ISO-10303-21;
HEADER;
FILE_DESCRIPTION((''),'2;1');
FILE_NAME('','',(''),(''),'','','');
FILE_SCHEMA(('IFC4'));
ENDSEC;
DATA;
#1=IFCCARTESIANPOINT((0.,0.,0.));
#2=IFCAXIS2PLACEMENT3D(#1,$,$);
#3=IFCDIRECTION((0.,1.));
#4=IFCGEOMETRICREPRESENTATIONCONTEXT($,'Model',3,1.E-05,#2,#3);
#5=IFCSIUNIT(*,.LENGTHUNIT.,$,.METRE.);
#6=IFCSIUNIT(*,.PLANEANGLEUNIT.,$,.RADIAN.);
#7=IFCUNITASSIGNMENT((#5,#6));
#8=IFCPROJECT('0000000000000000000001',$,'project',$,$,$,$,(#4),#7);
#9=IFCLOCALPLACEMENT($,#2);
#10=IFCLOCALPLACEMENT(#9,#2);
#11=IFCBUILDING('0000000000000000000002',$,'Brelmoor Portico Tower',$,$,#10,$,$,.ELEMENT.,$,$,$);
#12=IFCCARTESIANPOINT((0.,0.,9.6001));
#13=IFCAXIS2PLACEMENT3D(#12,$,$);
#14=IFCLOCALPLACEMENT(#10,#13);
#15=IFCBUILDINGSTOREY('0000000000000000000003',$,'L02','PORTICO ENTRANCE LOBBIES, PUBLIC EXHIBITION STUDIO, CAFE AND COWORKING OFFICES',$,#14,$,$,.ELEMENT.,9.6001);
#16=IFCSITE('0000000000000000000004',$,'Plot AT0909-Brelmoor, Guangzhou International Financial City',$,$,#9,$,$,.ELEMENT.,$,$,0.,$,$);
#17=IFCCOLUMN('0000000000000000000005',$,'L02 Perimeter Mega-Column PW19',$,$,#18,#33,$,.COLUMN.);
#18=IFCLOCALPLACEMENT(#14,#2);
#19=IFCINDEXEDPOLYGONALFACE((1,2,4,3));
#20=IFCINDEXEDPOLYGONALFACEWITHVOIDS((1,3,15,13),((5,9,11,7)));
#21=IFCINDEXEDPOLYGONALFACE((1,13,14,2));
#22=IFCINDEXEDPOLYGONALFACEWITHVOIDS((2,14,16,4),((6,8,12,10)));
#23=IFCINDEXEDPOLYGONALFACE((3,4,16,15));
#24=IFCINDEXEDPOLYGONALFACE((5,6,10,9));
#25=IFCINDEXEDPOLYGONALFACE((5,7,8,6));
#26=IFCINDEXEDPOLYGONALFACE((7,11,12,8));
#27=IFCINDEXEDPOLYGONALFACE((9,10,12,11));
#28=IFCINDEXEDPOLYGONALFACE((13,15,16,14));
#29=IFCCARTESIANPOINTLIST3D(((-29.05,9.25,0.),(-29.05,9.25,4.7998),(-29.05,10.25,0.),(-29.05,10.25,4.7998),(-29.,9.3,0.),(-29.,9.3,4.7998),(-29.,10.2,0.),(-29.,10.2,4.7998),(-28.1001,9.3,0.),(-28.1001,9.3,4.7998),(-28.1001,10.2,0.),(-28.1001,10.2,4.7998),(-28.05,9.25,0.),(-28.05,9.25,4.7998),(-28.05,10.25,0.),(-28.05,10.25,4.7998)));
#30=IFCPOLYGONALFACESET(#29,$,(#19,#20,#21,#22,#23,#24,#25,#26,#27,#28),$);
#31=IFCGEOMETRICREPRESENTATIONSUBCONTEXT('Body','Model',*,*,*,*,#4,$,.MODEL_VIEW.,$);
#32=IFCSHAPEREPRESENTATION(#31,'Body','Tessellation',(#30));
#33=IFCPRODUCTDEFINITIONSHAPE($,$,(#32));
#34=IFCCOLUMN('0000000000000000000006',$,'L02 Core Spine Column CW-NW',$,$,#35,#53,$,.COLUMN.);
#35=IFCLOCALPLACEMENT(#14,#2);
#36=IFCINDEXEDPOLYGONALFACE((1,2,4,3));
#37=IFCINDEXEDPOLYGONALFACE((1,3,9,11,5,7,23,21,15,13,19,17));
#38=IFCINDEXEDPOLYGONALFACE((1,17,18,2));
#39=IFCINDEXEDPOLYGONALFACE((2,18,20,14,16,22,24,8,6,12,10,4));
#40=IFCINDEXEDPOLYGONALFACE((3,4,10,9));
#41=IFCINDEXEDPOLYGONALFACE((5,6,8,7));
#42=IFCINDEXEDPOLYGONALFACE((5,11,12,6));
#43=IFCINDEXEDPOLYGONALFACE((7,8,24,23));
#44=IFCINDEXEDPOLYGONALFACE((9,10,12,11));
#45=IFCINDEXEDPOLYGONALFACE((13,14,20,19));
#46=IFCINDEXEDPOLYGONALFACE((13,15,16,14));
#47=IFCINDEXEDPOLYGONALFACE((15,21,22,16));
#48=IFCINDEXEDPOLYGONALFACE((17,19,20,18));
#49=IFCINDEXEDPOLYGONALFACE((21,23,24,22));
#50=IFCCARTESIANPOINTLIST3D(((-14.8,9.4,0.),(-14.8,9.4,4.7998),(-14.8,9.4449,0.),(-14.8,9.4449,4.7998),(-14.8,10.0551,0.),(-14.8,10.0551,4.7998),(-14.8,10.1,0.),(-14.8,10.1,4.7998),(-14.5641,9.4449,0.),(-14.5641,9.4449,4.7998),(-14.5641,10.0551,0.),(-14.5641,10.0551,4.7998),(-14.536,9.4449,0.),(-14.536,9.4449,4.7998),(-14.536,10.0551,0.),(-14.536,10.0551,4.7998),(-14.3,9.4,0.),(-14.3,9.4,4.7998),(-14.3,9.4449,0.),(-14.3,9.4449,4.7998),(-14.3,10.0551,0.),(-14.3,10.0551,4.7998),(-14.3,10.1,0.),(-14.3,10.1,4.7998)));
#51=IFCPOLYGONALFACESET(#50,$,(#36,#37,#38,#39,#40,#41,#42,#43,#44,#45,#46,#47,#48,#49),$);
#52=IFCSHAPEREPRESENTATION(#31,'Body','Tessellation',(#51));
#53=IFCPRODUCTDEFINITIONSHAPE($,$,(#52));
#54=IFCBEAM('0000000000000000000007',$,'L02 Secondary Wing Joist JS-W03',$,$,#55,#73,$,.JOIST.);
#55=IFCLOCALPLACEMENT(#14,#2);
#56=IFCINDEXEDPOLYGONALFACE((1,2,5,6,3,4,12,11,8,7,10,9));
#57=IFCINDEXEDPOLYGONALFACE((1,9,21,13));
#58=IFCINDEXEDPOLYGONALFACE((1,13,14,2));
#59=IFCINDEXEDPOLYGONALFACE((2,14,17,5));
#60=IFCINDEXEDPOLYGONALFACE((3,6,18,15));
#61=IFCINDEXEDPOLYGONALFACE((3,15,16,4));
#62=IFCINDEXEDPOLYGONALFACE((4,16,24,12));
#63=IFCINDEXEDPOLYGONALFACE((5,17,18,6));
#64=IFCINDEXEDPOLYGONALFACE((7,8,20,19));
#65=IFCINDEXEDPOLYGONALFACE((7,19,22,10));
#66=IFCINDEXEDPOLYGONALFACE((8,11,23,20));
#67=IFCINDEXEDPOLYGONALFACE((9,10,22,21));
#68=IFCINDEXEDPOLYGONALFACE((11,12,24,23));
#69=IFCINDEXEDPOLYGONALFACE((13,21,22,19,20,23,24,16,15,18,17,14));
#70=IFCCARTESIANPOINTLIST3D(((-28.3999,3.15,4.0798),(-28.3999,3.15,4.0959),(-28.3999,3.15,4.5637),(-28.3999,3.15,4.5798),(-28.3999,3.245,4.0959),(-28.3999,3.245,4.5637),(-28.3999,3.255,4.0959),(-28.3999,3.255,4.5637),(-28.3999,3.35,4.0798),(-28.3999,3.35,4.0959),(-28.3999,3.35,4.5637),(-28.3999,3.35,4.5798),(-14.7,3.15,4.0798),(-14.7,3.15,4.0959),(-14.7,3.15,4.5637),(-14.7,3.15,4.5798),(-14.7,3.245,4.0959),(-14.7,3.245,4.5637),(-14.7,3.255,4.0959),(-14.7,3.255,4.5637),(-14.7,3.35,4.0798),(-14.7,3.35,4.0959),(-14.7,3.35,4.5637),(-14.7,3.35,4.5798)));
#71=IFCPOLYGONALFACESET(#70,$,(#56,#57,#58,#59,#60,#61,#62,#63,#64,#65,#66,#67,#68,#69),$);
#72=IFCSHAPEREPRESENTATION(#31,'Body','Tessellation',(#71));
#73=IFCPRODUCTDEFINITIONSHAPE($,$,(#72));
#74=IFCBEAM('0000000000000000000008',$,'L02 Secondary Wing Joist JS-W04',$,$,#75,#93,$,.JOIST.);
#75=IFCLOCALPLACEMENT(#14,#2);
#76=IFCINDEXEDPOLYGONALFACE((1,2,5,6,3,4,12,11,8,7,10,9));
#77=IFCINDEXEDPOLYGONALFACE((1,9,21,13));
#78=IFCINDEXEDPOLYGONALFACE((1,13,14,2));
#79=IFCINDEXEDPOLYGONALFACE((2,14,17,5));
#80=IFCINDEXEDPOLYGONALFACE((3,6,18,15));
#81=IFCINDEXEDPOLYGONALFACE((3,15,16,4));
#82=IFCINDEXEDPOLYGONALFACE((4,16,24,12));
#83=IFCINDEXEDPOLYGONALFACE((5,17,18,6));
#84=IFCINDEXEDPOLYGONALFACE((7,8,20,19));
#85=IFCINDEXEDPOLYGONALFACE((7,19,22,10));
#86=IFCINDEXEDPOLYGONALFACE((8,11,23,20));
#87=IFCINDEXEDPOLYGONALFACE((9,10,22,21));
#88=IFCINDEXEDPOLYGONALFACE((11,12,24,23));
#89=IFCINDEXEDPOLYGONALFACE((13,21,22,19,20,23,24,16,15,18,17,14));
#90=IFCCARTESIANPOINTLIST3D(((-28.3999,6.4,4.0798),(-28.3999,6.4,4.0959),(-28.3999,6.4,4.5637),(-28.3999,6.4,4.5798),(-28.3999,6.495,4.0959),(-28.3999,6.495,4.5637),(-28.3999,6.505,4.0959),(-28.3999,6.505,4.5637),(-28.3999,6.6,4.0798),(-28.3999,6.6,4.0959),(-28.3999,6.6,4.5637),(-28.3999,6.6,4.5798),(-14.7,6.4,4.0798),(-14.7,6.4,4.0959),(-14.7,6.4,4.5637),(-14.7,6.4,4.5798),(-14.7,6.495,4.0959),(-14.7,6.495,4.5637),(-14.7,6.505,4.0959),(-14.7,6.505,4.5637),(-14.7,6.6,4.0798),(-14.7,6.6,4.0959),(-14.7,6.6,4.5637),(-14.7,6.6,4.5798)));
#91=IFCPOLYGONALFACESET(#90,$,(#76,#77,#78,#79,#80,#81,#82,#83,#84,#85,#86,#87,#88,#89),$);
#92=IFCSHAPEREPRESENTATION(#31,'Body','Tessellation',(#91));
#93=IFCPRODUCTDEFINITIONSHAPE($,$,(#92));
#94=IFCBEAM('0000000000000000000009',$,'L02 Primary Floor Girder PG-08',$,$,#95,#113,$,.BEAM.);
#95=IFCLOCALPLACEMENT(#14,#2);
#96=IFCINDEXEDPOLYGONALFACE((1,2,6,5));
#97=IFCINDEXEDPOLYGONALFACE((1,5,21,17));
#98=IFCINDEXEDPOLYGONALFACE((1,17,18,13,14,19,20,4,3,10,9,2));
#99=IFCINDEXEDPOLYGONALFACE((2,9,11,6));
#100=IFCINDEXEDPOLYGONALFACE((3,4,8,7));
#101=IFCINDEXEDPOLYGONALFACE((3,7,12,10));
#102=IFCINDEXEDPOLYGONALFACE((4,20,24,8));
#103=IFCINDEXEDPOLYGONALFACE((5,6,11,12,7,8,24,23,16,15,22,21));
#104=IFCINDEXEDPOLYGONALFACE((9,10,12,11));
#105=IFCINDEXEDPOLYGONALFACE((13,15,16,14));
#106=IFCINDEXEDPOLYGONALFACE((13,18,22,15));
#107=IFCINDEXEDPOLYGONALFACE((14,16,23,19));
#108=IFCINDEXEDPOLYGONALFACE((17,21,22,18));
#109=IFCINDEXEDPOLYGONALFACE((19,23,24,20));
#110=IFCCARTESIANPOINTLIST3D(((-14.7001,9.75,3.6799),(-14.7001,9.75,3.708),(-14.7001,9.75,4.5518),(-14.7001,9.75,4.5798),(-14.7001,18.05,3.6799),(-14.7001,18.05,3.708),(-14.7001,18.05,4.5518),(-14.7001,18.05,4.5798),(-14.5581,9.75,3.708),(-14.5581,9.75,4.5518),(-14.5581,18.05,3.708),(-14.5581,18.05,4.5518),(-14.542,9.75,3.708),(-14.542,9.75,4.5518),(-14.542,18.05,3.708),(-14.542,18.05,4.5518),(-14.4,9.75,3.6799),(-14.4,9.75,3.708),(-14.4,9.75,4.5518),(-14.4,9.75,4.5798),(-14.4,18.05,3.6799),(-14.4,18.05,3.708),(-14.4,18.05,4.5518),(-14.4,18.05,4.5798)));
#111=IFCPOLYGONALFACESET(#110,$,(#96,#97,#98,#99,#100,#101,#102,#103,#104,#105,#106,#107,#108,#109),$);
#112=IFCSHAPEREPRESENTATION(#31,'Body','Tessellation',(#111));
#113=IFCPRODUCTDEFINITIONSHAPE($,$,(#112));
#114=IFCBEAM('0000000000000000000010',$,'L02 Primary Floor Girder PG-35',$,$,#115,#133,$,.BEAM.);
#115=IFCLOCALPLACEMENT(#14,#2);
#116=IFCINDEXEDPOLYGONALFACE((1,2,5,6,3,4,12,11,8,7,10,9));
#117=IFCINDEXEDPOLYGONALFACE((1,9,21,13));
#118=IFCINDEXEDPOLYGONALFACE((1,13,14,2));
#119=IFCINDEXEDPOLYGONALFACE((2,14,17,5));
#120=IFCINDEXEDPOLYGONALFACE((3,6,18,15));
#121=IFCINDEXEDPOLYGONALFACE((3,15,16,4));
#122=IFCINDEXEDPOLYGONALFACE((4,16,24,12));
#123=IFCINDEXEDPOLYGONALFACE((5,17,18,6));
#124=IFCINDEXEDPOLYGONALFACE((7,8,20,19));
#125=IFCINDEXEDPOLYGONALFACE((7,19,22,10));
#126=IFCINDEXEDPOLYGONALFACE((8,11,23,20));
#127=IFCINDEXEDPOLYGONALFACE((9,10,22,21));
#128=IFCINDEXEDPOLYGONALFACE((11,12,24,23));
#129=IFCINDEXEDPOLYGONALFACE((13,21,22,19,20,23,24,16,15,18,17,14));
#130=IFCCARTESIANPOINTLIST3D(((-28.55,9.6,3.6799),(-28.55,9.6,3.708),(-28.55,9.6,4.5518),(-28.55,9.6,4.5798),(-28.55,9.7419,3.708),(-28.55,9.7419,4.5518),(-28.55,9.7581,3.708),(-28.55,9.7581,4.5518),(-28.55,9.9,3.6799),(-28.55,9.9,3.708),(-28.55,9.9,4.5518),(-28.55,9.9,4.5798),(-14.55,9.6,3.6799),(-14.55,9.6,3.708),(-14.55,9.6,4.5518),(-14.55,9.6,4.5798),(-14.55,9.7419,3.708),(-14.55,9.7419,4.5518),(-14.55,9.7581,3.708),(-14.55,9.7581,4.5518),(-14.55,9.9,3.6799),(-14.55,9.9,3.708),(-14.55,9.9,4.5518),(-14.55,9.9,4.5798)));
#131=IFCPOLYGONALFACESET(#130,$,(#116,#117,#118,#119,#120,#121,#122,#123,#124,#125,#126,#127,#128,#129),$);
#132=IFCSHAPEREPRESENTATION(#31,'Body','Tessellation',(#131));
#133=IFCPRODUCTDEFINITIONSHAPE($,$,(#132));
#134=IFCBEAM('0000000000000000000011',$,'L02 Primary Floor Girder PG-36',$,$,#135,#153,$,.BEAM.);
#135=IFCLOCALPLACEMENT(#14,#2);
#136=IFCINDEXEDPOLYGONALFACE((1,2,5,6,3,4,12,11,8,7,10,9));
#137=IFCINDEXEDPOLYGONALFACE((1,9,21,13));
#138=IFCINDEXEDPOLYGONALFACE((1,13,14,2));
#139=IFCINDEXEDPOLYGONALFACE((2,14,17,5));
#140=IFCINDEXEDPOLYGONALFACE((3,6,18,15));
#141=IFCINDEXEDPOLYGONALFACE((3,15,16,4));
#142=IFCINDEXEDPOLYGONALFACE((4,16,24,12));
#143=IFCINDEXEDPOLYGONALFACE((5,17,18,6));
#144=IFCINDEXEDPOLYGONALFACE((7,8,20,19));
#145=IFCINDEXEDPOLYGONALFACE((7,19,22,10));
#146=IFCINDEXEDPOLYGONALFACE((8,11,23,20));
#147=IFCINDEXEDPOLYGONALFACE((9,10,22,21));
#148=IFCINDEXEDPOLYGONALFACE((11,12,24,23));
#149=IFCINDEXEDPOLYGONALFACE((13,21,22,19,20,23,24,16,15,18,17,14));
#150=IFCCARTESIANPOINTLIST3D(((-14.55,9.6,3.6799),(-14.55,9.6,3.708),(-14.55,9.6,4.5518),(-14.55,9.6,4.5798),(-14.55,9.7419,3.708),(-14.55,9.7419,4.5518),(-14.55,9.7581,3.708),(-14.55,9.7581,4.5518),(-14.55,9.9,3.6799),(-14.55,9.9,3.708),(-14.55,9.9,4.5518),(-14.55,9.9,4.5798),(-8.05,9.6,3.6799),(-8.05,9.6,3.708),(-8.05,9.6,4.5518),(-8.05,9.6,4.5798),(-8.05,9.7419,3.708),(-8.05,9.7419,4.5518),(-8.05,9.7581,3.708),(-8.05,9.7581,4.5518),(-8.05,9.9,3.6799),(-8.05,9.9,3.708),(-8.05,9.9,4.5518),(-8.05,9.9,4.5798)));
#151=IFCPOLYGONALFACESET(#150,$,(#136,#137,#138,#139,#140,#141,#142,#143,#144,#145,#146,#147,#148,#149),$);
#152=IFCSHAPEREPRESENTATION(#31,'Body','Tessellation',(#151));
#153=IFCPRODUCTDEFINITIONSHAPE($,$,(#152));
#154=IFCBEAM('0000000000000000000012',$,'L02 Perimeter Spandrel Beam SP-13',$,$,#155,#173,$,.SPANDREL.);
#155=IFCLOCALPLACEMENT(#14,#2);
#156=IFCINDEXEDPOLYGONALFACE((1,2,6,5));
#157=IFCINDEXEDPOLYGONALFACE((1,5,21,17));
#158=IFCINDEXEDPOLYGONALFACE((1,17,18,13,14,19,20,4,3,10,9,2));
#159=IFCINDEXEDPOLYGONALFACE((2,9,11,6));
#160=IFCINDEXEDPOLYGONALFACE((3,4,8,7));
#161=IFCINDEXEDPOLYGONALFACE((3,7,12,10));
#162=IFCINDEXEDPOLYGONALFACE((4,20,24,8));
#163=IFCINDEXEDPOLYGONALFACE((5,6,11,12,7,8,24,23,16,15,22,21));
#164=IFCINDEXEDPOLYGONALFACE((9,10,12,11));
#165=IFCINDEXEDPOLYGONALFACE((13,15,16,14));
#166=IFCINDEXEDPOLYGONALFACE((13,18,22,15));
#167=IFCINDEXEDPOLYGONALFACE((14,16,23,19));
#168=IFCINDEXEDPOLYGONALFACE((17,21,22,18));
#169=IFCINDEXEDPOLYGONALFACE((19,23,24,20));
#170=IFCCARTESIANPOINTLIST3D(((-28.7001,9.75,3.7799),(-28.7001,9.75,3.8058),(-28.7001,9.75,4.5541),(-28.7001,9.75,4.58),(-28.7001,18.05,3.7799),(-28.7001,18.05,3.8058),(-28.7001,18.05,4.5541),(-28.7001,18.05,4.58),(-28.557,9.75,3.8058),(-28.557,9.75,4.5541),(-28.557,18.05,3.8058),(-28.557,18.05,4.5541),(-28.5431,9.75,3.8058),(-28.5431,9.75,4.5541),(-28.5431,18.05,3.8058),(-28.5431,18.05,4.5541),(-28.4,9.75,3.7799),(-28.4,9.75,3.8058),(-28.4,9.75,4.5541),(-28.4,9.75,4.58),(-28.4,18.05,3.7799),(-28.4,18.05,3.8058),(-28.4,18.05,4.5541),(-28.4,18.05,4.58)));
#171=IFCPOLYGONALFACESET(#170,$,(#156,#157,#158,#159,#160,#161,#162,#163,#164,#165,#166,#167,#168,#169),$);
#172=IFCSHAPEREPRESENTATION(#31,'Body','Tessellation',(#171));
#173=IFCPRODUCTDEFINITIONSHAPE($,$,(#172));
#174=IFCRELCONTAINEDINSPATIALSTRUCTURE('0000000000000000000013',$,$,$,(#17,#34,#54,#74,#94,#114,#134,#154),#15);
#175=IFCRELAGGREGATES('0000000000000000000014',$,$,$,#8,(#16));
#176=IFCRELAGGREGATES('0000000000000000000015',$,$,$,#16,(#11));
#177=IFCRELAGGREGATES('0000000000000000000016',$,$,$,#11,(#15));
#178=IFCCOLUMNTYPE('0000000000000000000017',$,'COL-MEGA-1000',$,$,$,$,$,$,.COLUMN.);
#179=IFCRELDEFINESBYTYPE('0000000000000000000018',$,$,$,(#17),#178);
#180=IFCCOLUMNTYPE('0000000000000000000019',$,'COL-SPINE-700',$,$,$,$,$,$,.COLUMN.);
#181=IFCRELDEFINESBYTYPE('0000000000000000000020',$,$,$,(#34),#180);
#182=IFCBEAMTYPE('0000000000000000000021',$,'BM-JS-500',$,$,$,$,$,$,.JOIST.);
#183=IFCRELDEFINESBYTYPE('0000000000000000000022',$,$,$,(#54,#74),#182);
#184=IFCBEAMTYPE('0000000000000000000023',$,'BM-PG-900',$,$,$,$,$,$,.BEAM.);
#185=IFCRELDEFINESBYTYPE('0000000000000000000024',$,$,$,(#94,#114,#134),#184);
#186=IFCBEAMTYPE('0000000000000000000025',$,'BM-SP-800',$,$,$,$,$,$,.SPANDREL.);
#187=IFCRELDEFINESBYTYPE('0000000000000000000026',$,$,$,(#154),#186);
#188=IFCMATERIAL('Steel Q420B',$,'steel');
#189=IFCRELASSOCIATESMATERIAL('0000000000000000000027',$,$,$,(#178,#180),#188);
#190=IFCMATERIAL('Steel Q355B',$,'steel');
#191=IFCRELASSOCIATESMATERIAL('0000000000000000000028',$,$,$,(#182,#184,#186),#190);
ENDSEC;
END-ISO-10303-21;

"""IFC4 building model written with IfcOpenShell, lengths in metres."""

from ifc_helpers import new_model, si_unit, direction, frame, origin, origin_2d, place, context, subcontext, project, spatial, hollow_rectangle, i_section, extrude, material, material_profile, profile_set, type_object, element, save


model = new_model("IFC4")

# Units and contexts
model_context = context("Model", 3, precision=1e-05, world=origin(), true_north=direction((0.0, 1.0)))
body_context = subcontext(model_context, "Body", "Model", "MODEL_VIEW")
ifc_project = project(units=[si_unit("LENGTHUNIT", "METRE"), si_unit("PLANEANGLEUNIT", "RADIAN")], contexts=[model_context])

# Site, building, storey
site_placement = place(None, origin())
site = spatial("IfcSite", under=ifc_project, at=site_placement, Name="Plot AT0909-Brelmoor, Guangzhou International Financial City", CompositionType="ELEMENT", RefElevation=0.0)
building_placement = place(site_placement, origin())
building = spatial("IfcBuilding", under=site, at=building_placement, Name="Brelmoor Portico Tower", CompositionType="ELEMENT")
storey_placement = place(building_placement, frame((0.0, 0.0, 9.6001)))
storey = spatial("IfcBuildingStorey", under=building, at=storey_placement, Name="L02", Description="PORTICO ENTRANCE LOBBIES, PUBLIC EXHIBITION STUDIO, CAFE AND COWORKING OFFICES", CompositionType="ELEMENT", Elevation=9.6001)

# Columns
ifc_material_1 = material(Name="Steel Q420B", Category="steel")
ifc_material_profile_1 = material_profile(ifc_material_1, hollow_rectangle(XDim=1.0, YDim=1.0, WallThickness=0.05, at=origin_2d()), Name="BOX 1000x1000x50")
ifc_profile_set_1 = profile_set([ifc_material_profile_1], Name="Steel Q420B")
column_type_1 = type_object("IfcColumnType", Name="COL-MEGA-1000", PredefinedType="COLUMN", material=ifc_profile_set_1)
column_1_placement = place(storey_placement, frame((-28.55, 9.75, 0.0), z_axis=(0.0, 0.0, 1.0), x_axis=(0.0, 1.0, 0.0)))
element("IfcColumn", 1, at=column_1_placement, inside=storey, type_object=column_type_1, Name="L02 Perimeter Mega-Column PW19", PredefinedType="COLUMN", context=body_context, shape_type="SweptSolid", body=[
    extrude(hollow_rectangle(XDim=1.0, YDim=1.0, WallThickness=0.05, at=origin_2d()), origin(), (0.0, 0.0, 1.0), 4.7998),
])
ifc_material_profile_2 = material_profile(ifc_material_1, i_section(OverallWidth=0.5, OverallDepth=0.7, WebThickness=0.0281, FlangeThickness=0.0449, at=origin_2d()), Name="HW 700x500x28x45")
ifc_profile_set_2 = profile_set([ifc_material_profile_2], Name="Steel Q420B")
column_type_2 = type_object("IfcColumnType", Name="COL-SPINE-700", PredefinedType="COLUMN", material=ifc_profile_set_2)
column_2_placement = place(storey_placement, frame((-14.55, 9.75, 0.0), z_axis=(0.0, 0.0, 1.0), x_axis=(1.0, 0.0, 0.0)))
element("IfcColumn", 2, at=column_2_placement, inside=storey, type_object=column_type_2, Name="L02 Core Spine Column CW-NW", PredefinedType="COLUMN", context=body_context, shape_type="SweptSolid", body=[
    extrude(i_section(OverallWidth=0.5, OverallDepth=0.7, WebThickness=0.0281, FlangeThickness=0.0449, at=origin_2d()), origin(), (0.0, 0.0, 1.0), 4.7998),
])

# Beams
ifc_material_2 = material(Name="Steel Q355B", Category="steel")
ifc_material_profile_3 = material_profile(ifc_material_2, i_section(OverallWidth=0.2, OverallDepth=0.5, WebThickness=0.01, FlangeThickness=0.0161, at=origin_2d()), Name="HN 500x200x10x16")
ifc_profile_set_3 = profile_set([ifc_material_profile_3], Name="Steel Q355B")
beam_type_1 = type_object("IfcBeamType", Name="BM-JS-500", PredefinedType="JOIST", material=ifc_profile_set_3)
for number, where, z_axis, x_axis, name in (
    (3, (-28.3999, 3.25, 4.3298), (1.0, 0.0, 0.0), (0.0, 1.0, 0.0), "L02 Secondary Wing Joist JS-W03"),
    (4, (-28.3999, 6.5, 4.3298), (1.0, 0.0, 0.0), (0.0, 1.0, 0.0), "L02 Secondary Wing Joist JS-W04"),
):
    element("IfcBeam", number, at=place(storey_placement, frame(where, z_axis=z_axis, x_axis=x_axis)), inside=storey, type_object=beam_type_1, Name=name, PredefinedType="JOIST", context=body_context, shape_type="SweptSolid", body=[
        extrude(i_section(OverallWidth=0.2, OverallDepth=0.5, WebThickness=0.01, FlangeThickness=0.0161, at=origin_2d()), origin(), (0.0, 0.0, 1.0), 13.7),
    ])
ifc_material_profile_4 = material_profile(ifc_material_2, i_section(OverallWidth=0.3, OverallDepth=0.8999, WebThickness=0.0161, FlangeThickness=0.0281, at=origin_2d()), Name="HN 900x300x16x28")
ifc_profile_set_4 = profile_set([ifc_material_profile_4], Name="Steel Q355B")
beam_type_2 = type_object("IfcBeamType", Name="BM-PG-900", PredefinedType="BEAM", material=ifc_profile_set_4)
beam_1_placement = place(storey_placement, frame((-14.55, 9.75, 4.1299), z_axis=(0.0, 1.0, 0.0), x_axis=(-1.0, 0.0, 0.0)))
element("IfcBeam", 5, at=beam_1_placement, inside=storey, type_object=beam_type_2, Name="L02 Primary Floor Girder PG-08", PredefinedType="BEAM", context=body_context, shape_type="SweptSolid", body=[
    extrude(i_section(OverallWidth=0.3, OverallDepth=0.8999, WebThickness=0.0161, FlangeThickness=0.0281, at=origin_2d()), origin(), (0.0, 0.0, 1.0), 8.3),
])
beam_2_placement = place(storey_placement, frame((-28.55, 9.75, 4.1299), z_axis=(1.0, 0.0, 0.0), x_axis=(0.0, 1.0, 0.0)))
element("IfcBeam", 6, at=beam_2_placement, inside=storey, type_object=beam_type_2, Name="L02 Primary Floor Girder PG-35", PredefinedType="BEAM", context=body_context, shape_type="SweptSolid", body=[
    extrude(i_section(OverallWidth=0.3, OverallDepth=0.8999, WebThickness=0.0161, FlangeThickness=0.0281, at=origin_2d()), origin(), (0.0, 0.0, 1.0), 14.0),
])
beam_3_placement = place(storey_placement, frame((-14.55, 9.75, 4.1299), z_axis=(1.0, 0.0, 0.0), x_axis=(0.0, 1.0, 0.0)))
element("IfcBeam", 7, at=beam_3_placement, inside=storey, type_object=beam_type_2, Name="L02 Primary Floor Girder PG-36", PredefinedType="BEAM", context=body_context, shape_type="SweptSolid", body=[
    extrude(i_section(OverallWidth=0.3, OverallDepth=0.8999, WebThickness=0.0161, FlangeThickness=0.0281, at=origin_2d()), origin(), (0.0, 0.0, 1.0), 6.5),
])
ifc_material_profile_5 = material_profile(ifc_material_2, i_section(OverallWidth=0.3, OverallDepth=0.8, WebThickness=0.0139, FlangeThickness=0.0259, at=origin_2d()), Name="HN 800x300x14x26")
ifc_profile_set_5 = profile_set([ifc_material_profile_5], Name="Steel Q355B")
beam_type_3 = type_object("IfcBeamType", Name="BM-SP-800", PredefinedType="SPANDREL", material=ifc_profile_set_5)
beam_4_placement = place(storey_placement, frame((-28.55, 9.75, 4.1799), z_axis=(0.0, 1.0, 0.0), x_axis=(-1.0, 0.0, 0.0)))
element("IfcBeam", 8, at=beam_4_placement, inside=storey, type_object=beam_type_3, Name="L02 Perimeter Spandrel Beam SP-13", PredefinedType="SPANDREL", context=body_context, shape_type="SweptSolid", body=[
    extrude(i_section(OverallWidth=0.3, OverallDepth=0.8, WebThickness=0.0139, FlangeThickness=0.0259, at=origin_2d()), origin(), (0.0, 0.0, 1.0), 8.3),
])

save(model, "model.ifc")
